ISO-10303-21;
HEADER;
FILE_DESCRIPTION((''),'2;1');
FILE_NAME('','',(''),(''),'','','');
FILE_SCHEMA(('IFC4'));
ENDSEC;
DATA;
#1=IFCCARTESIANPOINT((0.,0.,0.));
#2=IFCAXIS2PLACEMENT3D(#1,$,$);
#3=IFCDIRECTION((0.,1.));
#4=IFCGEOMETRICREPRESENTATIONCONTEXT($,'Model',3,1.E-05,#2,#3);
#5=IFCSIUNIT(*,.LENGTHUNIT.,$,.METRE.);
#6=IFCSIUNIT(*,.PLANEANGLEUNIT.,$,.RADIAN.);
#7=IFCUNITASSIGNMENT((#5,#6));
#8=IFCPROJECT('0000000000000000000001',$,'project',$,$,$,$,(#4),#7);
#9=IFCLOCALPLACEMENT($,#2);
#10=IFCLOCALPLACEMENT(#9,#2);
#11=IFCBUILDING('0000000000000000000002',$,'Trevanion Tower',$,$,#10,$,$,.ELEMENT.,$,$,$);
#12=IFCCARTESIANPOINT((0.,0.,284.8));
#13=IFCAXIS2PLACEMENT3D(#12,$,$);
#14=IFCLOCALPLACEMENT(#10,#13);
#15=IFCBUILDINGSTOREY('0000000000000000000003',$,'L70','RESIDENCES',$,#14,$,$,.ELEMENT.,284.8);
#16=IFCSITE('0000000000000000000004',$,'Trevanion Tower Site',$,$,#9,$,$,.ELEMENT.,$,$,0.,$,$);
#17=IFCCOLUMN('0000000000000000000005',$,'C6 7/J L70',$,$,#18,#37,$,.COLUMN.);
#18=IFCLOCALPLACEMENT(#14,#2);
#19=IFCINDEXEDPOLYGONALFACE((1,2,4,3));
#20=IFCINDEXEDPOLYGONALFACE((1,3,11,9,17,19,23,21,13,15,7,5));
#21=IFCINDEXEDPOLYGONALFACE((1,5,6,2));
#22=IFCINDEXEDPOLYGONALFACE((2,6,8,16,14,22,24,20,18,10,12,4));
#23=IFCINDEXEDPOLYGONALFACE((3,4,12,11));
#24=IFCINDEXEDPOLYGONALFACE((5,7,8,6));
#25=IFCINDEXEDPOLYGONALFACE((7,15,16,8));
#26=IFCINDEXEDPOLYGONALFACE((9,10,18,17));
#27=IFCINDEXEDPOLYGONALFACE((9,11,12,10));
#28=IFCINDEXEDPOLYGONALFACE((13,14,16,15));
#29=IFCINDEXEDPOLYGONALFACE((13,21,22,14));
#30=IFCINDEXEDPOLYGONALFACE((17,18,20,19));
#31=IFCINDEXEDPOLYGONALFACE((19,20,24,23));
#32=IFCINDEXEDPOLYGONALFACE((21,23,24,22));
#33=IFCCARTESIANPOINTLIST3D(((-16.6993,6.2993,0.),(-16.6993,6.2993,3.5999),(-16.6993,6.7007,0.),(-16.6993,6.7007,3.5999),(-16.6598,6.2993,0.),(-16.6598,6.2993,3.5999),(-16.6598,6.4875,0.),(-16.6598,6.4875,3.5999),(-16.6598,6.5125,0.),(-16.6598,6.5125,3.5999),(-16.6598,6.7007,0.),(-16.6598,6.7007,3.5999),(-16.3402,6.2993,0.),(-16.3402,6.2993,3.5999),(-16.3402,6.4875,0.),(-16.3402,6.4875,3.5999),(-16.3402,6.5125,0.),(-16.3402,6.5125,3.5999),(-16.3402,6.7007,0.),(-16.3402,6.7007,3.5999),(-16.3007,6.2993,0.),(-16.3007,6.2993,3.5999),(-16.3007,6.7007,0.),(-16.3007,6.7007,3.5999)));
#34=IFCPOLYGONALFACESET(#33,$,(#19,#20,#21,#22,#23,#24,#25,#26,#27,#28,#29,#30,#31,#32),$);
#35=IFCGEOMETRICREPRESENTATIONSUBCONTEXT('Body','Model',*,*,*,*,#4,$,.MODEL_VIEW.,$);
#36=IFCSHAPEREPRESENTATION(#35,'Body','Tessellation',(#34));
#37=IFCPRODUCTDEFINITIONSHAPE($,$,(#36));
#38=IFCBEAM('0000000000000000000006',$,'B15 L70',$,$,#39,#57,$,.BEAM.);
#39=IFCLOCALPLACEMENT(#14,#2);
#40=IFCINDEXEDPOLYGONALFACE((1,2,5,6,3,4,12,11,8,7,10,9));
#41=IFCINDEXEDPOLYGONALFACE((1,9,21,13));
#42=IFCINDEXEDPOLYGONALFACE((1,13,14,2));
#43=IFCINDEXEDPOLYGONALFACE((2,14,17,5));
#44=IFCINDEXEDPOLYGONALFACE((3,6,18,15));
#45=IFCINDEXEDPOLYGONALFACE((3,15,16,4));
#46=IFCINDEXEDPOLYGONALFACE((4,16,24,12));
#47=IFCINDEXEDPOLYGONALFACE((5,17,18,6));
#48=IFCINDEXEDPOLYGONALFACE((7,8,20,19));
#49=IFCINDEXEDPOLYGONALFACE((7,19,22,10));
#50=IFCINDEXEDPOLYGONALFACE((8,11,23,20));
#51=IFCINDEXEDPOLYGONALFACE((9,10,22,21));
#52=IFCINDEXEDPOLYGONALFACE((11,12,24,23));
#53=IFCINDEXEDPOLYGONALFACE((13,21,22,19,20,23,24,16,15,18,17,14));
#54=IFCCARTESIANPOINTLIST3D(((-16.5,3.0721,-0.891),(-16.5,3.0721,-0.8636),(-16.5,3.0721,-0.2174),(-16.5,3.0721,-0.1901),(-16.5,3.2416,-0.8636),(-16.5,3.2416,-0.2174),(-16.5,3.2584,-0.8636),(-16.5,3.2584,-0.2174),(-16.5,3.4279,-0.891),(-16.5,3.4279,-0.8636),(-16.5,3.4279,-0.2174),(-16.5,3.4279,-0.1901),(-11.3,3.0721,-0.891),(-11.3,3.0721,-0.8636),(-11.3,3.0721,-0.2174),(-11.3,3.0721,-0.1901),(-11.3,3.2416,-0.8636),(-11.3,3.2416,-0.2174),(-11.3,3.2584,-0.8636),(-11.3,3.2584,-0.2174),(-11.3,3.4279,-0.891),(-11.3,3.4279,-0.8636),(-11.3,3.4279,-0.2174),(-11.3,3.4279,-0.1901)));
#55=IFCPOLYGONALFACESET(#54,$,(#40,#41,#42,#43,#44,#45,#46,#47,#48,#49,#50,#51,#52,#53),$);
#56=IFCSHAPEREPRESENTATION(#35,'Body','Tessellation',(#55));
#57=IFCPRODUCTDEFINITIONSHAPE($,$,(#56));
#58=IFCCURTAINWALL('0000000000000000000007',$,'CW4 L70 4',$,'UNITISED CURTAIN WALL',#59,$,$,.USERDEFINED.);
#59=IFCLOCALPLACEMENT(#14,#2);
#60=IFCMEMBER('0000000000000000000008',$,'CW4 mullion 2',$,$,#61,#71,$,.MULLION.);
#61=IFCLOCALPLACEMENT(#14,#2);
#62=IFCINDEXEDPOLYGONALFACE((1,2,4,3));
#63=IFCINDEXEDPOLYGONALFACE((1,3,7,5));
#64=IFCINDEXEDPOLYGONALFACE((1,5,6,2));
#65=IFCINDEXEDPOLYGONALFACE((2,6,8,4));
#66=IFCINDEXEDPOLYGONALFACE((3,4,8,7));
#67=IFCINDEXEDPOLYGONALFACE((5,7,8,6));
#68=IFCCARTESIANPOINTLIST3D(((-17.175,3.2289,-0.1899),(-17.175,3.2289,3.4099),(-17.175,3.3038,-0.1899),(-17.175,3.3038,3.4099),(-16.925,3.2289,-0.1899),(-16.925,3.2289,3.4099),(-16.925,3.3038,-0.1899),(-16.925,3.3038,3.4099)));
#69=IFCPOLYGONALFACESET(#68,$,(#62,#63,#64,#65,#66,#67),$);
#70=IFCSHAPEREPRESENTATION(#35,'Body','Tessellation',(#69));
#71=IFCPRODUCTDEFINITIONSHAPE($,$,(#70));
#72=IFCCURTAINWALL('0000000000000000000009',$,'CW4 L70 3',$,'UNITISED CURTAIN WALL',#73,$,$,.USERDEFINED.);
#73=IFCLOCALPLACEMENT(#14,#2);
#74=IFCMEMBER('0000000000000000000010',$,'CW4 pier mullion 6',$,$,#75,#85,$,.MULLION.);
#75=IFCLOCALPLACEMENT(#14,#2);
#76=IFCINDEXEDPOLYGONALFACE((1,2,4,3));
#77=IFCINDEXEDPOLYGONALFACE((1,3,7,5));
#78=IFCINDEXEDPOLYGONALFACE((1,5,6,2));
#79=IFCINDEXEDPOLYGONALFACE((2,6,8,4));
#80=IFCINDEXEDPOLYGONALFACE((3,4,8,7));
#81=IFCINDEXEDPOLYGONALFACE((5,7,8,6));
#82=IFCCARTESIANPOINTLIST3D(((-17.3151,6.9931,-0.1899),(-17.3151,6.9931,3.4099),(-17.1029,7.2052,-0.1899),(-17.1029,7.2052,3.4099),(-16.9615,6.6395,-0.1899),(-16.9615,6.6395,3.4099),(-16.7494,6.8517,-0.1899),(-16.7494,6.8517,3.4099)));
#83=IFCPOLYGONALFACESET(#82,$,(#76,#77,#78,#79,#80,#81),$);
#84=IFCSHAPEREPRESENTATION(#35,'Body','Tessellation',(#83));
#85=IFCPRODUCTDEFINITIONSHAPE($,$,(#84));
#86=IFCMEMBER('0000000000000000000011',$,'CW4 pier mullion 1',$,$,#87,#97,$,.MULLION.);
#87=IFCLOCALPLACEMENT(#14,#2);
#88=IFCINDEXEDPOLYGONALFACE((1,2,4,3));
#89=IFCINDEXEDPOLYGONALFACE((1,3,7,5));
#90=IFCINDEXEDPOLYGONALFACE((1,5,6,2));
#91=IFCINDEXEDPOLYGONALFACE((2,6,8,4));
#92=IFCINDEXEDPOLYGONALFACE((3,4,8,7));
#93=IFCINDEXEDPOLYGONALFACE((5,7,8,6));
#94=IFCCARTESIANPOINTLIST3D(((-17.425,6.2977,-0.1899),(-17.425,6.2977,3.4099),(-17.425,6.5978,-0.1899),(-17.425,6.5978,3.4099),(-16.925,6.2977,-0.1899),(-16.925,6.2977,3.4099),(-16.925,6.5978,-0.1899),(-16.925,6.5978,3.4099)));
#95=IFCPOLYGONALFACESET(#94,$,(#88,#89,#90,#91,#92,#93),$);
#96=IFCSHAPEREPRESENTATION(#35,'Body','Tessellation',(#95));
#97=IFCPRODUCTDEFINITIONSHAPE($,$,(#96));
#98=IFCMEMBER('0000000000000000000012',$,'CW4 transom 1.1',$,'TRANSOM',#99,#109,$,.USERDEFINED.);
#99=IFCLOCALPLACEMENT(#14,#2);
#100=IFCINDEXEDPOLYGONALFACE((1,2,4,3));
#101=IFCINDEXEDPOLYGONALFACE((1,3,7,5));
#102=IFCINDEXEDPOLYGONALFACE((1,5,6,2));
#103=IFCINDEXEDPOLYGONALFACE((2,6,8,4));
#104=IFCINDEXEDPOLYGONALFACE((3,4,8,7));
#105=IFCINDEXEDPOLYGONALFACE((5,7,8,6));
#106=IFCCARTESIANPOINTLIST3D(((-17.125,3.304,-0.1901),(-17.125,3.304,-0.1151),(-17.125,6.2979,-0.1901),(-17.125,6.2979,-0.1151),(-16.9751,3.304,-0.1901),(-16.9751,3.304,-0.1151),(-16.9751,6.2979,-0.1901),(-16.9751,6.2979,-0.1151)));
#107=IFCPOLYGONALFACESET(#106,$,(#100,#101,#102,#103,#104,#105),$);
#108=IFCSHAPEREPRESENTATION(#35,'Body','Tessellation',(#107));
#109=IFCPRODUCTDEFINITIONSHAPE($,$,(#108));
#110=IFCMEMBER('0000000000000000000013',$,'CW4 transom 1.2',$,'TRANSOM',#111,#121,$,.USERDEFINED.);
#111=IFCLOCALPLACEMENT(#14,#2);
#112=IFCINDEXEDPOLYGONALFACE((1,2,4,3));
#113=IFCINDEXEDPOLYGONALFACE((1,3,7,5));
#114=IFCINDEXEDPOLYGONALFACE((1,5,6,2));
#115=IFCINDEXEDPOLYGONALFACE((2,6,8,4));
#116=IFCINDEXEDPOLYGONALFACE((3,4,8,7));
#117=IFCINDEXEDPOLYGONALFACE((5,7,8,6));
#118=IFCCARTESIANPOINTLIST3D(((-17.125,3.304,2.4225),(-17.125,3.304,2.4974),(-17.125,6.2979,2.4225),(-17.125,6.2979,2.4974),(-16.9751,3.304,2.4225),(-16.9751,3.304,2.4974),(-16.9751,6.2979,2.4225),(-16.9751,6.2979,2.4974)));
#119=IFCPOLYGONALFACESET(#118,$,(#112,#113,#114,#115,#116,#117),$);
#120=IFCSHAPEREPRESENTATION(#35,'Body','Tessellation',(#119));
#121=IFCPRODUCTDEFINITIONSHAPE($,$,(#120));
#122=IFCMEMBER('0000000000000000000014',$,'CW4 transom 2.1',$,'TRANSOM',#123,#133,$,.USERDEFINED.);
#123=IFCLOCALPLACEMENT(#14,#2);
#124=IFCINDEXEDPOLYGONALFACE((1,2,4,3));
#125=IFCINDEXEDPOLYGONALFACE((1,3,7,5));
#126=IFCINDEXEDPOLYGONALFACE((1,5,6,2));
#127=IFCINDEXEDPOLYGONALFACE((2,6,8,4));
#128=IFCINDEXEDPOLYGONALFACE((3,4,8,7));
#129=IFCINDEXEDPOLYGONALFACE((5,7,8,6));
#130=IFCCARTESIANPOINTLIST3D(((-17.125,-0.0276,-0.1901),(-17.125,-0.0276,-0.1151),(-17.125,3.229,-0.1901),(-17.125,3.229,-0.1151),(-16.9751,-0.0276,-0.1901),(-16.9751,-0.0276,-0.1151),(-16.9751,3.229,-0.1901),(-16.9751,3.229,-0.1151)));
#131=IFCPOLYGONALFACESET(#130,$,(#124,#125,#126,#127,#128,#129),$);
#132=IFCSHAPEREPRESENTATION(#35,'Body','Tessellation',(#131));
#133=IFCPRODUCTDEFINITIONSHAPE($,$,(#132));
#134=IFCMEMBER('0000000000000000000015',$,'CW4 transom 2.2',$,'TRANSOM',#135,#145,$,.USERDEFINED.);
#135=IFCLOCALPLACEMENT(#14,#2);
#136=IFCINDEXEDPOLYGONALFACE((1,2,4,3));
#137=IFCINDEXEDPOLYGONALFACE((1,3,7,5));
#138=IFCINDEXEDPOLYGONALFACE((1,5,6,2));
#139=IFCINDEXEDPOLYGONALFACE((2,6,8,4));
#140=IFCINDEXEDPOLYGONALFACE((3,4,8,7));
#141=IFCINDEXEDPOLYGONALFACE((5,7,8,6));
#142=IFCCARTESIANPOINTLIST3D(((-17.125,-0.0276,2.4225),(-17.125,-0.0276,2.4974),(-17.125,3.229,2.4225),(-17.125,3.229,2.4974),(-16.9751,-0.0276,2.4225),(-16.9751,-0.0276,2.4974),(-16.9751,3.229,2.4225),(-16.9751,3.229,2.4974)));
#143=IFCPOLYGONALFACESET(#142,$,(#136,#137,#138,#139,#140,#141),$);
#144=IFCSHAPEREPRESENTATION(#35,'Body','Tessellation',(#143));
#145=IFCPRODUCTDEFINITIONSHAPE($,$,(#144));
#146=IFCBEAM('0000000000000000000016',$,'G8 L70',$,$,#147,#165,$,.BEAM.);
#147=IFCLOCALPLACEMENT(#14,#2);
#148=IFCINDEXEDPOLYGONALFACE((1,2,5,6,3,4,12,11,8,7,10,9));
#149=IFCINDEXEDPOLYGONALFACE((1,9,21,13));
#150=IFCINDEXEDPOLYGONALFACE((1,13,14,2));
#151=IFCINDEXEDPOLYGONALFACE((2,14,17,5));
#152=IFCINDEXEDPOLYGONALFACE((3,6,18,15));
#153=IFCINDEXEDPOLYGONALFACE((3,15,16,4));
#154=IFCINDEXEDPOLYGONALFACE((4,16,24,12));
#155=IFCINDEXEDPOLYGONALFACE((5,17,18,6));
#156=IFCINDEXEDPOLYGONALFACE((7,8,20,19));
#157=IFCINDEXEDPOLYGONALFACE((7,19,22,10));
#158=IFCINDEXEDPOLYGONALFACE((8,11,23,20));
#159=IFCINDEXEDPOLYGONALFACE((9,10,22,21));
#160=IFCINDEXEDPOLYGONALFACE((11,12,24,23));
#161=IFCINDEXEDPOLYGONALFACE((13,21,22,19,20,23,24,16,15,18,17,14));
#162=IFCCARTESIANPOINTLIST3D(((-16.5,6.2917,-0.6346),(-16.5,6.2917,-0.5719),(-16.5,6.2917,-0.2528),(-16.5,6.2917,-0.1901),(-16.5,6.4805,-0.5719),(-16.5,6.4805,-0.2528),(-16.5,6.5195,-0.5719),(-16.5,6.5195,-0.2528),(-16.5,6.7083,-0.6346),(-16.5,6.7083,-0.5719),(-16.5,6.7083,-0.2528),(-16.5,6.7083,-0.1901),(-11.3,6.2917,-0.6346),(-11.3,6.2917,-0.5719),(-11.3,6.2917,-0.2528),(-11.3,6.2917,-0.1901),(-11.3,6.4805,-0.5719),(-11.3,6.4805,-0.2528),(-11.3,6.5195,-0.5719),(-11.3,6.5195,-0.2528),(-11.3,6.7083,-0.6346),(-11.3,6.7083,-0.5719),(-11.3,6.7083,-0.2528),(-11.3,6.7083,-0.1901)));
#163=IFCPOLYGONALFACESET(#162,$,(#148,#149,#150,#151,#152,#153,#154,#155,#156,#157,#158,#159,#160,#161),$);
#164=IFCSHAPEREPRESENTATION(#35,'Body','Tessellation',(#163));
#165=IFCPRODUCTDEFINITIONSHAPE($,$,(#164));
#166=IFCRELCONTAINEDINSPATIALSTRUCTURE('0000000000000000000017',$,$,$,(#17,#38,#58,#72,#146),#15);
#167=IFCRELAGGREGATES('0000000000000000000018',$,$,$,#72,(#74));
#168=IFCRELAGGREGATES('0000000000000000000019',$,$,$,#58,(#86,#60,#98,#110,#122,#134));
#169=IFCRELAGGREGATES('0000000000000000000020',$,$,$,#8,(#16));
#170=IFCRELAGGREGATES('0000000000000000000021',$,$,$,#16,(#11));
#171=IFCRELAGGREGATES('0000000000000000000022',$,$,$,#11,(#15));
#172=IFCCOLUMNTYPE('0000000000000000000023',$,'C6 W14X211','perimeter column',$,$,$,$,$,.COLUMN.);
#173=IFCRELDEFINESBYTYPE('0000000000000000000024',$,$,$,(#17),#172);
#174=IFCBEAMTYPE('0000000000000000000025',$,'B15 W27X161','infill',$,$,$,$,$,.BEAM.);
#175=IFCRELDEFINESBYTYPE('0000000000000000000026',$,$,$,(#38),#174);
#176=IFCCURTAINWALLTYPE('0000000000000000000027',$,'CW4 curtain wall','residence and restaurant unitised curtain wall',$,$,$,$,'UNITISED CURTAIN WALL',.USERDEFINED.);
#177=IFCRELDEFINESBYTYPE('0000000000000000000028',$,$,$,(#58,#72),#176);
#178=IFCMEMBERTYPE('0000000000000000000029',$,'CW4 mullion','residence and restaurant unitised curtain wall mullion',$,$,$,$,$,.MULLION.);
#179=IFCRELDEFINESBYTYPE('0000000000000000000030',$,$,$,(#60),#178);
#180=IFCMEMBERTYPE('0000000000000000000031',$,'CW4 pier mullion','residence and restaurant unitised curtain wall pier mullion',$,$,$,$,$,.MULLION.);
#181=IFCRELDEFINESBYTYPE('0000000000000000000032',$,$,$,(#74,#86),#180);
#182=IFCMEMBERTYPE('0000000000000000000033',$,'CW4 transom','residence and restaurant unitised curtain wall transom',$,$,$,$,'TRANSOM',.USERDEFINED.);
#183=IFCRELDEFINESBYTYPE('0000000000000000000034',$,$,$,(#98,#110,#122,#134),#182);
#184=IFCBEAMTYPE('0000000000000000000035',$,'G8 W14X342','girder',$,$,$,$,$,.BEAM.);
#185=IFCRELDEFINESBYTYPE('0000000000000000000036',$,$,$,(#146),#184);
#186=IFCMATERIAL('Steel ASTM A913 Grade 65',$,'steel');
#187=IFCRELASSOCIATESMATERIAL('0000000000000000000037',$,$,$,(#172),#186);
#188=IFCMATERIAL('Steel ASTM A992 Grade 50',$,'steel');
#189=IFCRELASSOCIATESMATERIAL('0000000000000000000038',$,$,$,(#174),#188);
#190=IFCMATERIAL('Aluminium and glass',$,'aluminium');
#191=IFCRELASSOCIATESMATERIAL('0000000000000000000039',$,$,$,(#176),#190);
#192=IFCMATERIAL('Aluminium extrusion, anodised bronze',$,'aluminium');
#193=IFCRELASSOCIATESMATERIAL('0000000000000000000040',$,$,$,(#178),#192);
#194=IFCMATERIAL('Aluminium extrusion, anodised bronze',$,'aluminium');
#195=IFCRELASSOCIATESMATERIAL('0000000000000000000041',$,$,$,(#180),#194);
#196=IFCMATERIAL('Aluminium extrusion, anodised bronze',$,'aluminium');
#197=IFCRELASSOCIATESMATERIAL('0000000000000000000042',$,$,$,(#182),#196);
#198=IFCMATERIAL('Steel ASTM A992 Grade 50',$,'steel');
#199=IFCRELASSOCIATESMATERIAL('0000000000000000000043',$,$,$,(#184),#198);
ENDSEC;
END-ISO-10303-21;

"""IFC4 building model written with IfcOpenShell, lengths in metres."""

from ifc_helpers import new_model, si_unit, direction, frame, origin, origin_2d, place, context, subcontext, project, spatial, rectangle, i_section, extrude, material, material_profile, profile_set, type_object, element, aggregate, save


model = new_model("IFC4")

# Units and contexts
model_context = context("Model", 3, precision=1e-05, world=origin(), true_north=direction((0.0, 1.0)))
body_context = subcontext(model_context, "Body", "Model", "MODEL_VIEW")
ifc_project = project(units=[si_unit("LENGTHUNIT", "METRE"), si_unit("PLANEANGLEUNIT", "RADIAN")], contexts=[model_context])

# Site, building, storey
site_placement = place(None, origin())
site = spatial("IfcSite", under=ifc_project, at=site_placement, Name="Trevanion Tower Site", CompositionType="ELEMENT", RefElevation=0.0)
building_placement = place(site_placement, origin())
building = spatial("IfcBuilding", under=site, at=building_placement, Name="Trevanion Tower", CompositionType="ELEMENT")
storey_placement = place(building_placement, frame((0.0, 0.0, 284.8)))
storey = spatial("IfcBuildingStorey", under=building, at=storey_placement, Name="L70", Description="RESIDENCES", CompositionType="ELEMENT", Elevation=284.8)

# Column
ifc_material_1 = material(Name="Steel ASTM A913 Grade 65", Category="steel")
ifc_material_profile_1 = material_profile(ifc_material_1, i_section(OverallWidth=0.4014, OverallDepth=0.3987, WebThickness=0.0249, FlangeThickness=0.0396, at=origin_2d()), Name="W14X211")
ifc_profile_set_1 = profile_set([ifc_material_profile_1], Name="Steel ASTM A913 Grade 65")
column_type = type_object("IfcColumnType", Name="C6 W14X211", Description="perimeter column", PredefinedType="COLUMN", material=ifc_profile_set_1)
column_placement = place(storey_placement, frame((-16.5, 6.5, 0.0), z_axis=(0.0, 0.0, 1.0), x_axis=(0.0, 1.0, 0.0)))
element("IfcColumn", 1, at=column_placement, inside=storey, type_object=column_type, Name="C6 7/J L70", PredefinedType="COLUMN", context=body_context, shape_type="SweptSolid", body=[
    extrude(i_section(OverallWidth=0.4014, OverallDepth=0.3987, WebThickness=0.0249, FlangeThickness=0.0396, at=origin_2d()), origin(), (0.0, 0.0, 1.0), 3.5999),
])

# Beam
ifc_material_2 = material(Name="Steel ASTM A992 Grade 50", Category="steel")
ifc_material_profile_2 = material_profile(ifc_material_2, i_section(OverallWidth=0.3557, OverallDepth=0.7009, WebThickness=0.0168, FlangeThickness=0.0273, at=origin_2d()), Name="W27X161")
ifc_profile_set_2 = profile_set([ifc_material_profile_2], Name="Steel ASTM A992 Grade 50")
beam_type_1 = type_object("IfcBeamType", Name="B15 W27X161", Description="infill", PredefinedType="BEAM", material=ifc_profile_set_2)
beam_1_placement = place(storey_placement, frame((-11.3, 3.25, -0.5405), z_axis=(-1.0, 0.0, 0.0), x_axis=(0.0, -1.0, 0.0)))
element("IfcBeam", 2, at=beam_1_placement, inside=storey, type_object=beam_type_1, Name="B15 L70", PredefinedType="BEAM", context=body_context, shape_type="SweptSolid", body=[
    extrude(i_section(OverallWidth=0.3557, OverallDepth=0.7009, WebThickness=0.0168, FlangeThickness=0.0273, at=origin_2d()), origin(), (0.0, 0.0, 1.0), 5.2),
])

# Curtain walls, members
ifc_material_3 = material(Name="Aluminium and glass", Category="aluminium")
curtain_wall_type = type_object("IfcCurtainWallType", Name="CW4 curtain wall", Description="residence and restaurant unitised curtain wall", ElementType="UNITISED CURTAIN WALL", PredefinedType="USERDEFINED", material=ifc_material_3)
curtain_wall_1_placement = place(storey_placement, origin())
curtain_wall_1 = element("IfcCurtainWall", 3, at=curtain_wall_1_placement, inside=storey, type_object=curtain_wall_type, Name="CW4 L70 4", ObjectType="UNITISED CURTAIN WALL", PredefinedType="USERDEFINED")
ifc_material_4 = material(Name="Aluminium extrusion, anodised bronze", Category="aluminium")
ifc_material_profile_3 = material_profile(ifc_material_4, rectangle(XDim=0.075, YDim=0.25, at=origin_2d()), Name="CW4 mullion")
ifc_profile_set_3 = profile_set([ifc_material_profile_3], Name="Aluminium extrusion, anodised bronze")
member_type_1 = type_object("IfcMemberType", Name="CW4 mullion", Description="residence and restaurant unitised curtain wall mullion", PredefinedType="MULLION", material=ifc_profile_set_3)
member_1_placement = place(storey_placement, frame((-17.05, 3.2664, -0.1899), z_axis=(0.0, 0.0, 1.0), x_axis=(0.0, -1.0, 0.0)))
member_1 = element("IfcMember", 4, at=member_1_placement, type_object=member_type_1, Name="CW4 mullion 2", PredefinedType="MULLION", context=body_context, shape_type="SweptSolid", body=[
    extrude(rectangle(XDim=0.075, YDim=0.25, at=origin_2d()), origin(), (0.0, 0.0, 1.0), 3.5999),
])
curtain_wall_2_placement = place(storey_placement, origin())
curtain_wall_2 = element("IfcCurtainWall", 5, at=curtain_wall_2_placement, inside=storey, type_object=curtain_wall_type, Name="CW4 L70 3", ObjectType="UNITISED CURTAIN WALL", PredefinedType="USERDEFINED")
ifc_material_5 = material(Name="Aluminium extrusion, anodised bronze", Category="aluminium")
ifc_material_profile_4 = material_profile(ifc_material_5, rectangle(XDim=0.3, YDim=0.5, at=origin_2d()), Name="CW4 pier mullion")
ifc_profile_set_4 = profile_set([ifc_material_profile_4], Name="Aluminium extrusion, anodised bronze")
member_type_2 = type_object("IfcMemberType", Name="CW4 pier mullion", Description="residence and restaurant unitised curtain wall pier mullion", PredefinedType="MULLION", material=ifc_profile_set_4)
member_2_placement = place(storey_placement, frame((-17.0322, 6.9224, -0.1899), z_axis=(0.0, 0.0, 1.0), x_axis=(-0.707107, -0.707107, 0.0)))
member_2 = element("IfcMember", 6, at=member_2_placement, type_object=member_type_2, Name="CW4 pier mullion 6", PredefinedType="MULLION", context=body_context, shape_type="SweptSolid", body=[
    extrude(rectangle(XDim=0.3, YDim=0.5, at=origin_2d()), origin(), (0.0, 0.0, 1.0), 3.5999),
])
aggregate(curtain_wall_2, [member_2])

# Members
member_3_placement = place(storey_placement, frame((-17.175, 6.4478, -0.1899), z_axis=(0.0, 0.0, 1.0), x_axis=(0.0, -1.0, 0.0)))
member_3 = element("IfcMember", 7, at=member_3_placement, type_object=member_type_2, Name="CW4 pier mullion 1", PredefinedType="MULLION", context=body_context, shape_type="SweptSolid", body=[
    extrude(rectangle(XDim=0.3, YDim=0.5, at=origin_2d()), origin(), (0.0, 0.0, 1.0), 3.5999),
])
ifc_material_6 = material(Name="Aluminium extrusion, anodised bronze", Category="aluminium")
ifc_material_profile_5 = material_profile(ifc_material_6, rectangle(XDim=0.1499, YDim=0.075, at=origin_2d()), Name="CW4 transom")
ifc_profile_set_5 = profile_set([ifc_material_profile_5], Name="Aluminium extrusion, anodised bronze")
member_type_3 = type_object("IfcMemberType", Name="CW4 transom", Description="residence and restaurant unitised curtain wall transom", ElementType="TRANSOM", PredefinedType="USERDEFINED", material=ifc_profile_set_5)
member_4_placement = place(storey_placement, frame((-17.05, 6.2979, -0.1526), z_axis=(0.0, -1.0, 0.0), x_axis=(1.0, 0.0, 0.0)))
member_4 = element("IfcMember", 8, at=member_4_placement, type_object=member_type_3, Name="CW4 transom 1.1", ObjectType="TRANSOM", PredefinedType="USERDEFINED", context=body_context, shape_type="SweptSolid", body=[
    extrude(rectangle(XDim=0.1499, YDim=0.075, at=origin_2d()), origin(), (0.0, 0.0, 1.0), 2.9939),
])
member_5_placement = place(storey_placement, frame((-17.05, 6.2979, 2.46), z_axis=(0.0, -1.0, 0.0), x_axis=(1.0, 0.0, 0.0)))
member_5 = element("IfcMember", 9, at=member_5_placement, type_object=member_type_3, Name="CW4 transom 1.2", ObjectType="TRANSOM", PredefinedType="USERDEFINED", context=body_context, shape_type="SweptSolid", body=[
    extrude(rectangle(XDim=0.1499, YDim=0.075, at=origin_2d()), origin(), (0.0, 0.0, 1.0), 2.9939),
])
member_6_placement = place(storey_placement, frame((-17.05, 3.229, -0.1526), z_axis=(0.0, -1.0, 0.0), x_axis=(1.0, 0.0, 0.0)))
member_6 = element("IfcMember", 10, at=member_6_placement, type_object=member_type_3, Name="CW4 transom 2.1", ObjectType="TRANSOM", PredefinedType="USERDEFINED", context=body_context, shape_type="SweptSolid", body=[
    extrude(rectangle(XDim=0.1499, YDim=0.075, at=origin_2d()), origin(), (0.0, 0.0, 1.0), 3.2566),
])
member_7_placement = place(storey_placement, frame((-17.05, 3.229, 2.46), z_axis=(0.0, -1.0, 0.0), x_axis=(1.0, 0.0, 0.0)))
member_7 = element("IfcMember", 11, at=member_7_placement, type_object=member_type_3, Name="CW4 transom 2.2", ObjectType="TRANSOM", PredefinedType="USERDEFINED", context=body_context, shape_type="SweptSolid", body=[
    extrude(rectangle(XDim=0.1499, YDim=0.075, at=origin_2d()), origin(), (0.0, 0.0, 1.0), 3.2566),
])

# Beam
ifc_material_7 = material(Name="Steel ASTM A992 Grade 50", Category="steel")
ifc_material_profile_6 = material_profile(ifc_material_7, i_section(OverallWidth=0.4165, OverallDepth=0.4446, WebThickness=0.0391, FlangeThickness=0.0627, at=origin_2d()), Name="W14X342")
ifc_profile_set_6 = profile_set([ifc_material_profile_6], Name="Steel ASTM A992 Grade 50")
beam_type_2 = type_object("IfcBeamType", Name="G8 W14X342", Description="girder", PredefinedType="BEAM", material=ifc_profile_set_6)
beam_2_placement = place(storey_placement, frame((-11.3, 6.5, -0.4124), z_axis=(-1.0, 0.0, 0.0), x_axis=(0.0, -1.0, 0.0)))
element("IfcBeam", 12, at=beam_2_placement, inside=storey, type_object=beam_type_2, Name="G8 L70", PredefinedType="BEAM", context=body_context, shape_type="SweptSolid", body=[
    extrude(i_section(OverallWidth=0.4165, OverallDepth=0.4446, WebThickness=0.0391, FlangeThickness=0.0627, at=origin_2d()), origin(), (0.0, 0.0, 1.0), 5.2),
])

aggregate(curtain_wall_1, [member_3, member_1, member_4, member_5, member_6, member_7])

save(model, "model.ifc")
